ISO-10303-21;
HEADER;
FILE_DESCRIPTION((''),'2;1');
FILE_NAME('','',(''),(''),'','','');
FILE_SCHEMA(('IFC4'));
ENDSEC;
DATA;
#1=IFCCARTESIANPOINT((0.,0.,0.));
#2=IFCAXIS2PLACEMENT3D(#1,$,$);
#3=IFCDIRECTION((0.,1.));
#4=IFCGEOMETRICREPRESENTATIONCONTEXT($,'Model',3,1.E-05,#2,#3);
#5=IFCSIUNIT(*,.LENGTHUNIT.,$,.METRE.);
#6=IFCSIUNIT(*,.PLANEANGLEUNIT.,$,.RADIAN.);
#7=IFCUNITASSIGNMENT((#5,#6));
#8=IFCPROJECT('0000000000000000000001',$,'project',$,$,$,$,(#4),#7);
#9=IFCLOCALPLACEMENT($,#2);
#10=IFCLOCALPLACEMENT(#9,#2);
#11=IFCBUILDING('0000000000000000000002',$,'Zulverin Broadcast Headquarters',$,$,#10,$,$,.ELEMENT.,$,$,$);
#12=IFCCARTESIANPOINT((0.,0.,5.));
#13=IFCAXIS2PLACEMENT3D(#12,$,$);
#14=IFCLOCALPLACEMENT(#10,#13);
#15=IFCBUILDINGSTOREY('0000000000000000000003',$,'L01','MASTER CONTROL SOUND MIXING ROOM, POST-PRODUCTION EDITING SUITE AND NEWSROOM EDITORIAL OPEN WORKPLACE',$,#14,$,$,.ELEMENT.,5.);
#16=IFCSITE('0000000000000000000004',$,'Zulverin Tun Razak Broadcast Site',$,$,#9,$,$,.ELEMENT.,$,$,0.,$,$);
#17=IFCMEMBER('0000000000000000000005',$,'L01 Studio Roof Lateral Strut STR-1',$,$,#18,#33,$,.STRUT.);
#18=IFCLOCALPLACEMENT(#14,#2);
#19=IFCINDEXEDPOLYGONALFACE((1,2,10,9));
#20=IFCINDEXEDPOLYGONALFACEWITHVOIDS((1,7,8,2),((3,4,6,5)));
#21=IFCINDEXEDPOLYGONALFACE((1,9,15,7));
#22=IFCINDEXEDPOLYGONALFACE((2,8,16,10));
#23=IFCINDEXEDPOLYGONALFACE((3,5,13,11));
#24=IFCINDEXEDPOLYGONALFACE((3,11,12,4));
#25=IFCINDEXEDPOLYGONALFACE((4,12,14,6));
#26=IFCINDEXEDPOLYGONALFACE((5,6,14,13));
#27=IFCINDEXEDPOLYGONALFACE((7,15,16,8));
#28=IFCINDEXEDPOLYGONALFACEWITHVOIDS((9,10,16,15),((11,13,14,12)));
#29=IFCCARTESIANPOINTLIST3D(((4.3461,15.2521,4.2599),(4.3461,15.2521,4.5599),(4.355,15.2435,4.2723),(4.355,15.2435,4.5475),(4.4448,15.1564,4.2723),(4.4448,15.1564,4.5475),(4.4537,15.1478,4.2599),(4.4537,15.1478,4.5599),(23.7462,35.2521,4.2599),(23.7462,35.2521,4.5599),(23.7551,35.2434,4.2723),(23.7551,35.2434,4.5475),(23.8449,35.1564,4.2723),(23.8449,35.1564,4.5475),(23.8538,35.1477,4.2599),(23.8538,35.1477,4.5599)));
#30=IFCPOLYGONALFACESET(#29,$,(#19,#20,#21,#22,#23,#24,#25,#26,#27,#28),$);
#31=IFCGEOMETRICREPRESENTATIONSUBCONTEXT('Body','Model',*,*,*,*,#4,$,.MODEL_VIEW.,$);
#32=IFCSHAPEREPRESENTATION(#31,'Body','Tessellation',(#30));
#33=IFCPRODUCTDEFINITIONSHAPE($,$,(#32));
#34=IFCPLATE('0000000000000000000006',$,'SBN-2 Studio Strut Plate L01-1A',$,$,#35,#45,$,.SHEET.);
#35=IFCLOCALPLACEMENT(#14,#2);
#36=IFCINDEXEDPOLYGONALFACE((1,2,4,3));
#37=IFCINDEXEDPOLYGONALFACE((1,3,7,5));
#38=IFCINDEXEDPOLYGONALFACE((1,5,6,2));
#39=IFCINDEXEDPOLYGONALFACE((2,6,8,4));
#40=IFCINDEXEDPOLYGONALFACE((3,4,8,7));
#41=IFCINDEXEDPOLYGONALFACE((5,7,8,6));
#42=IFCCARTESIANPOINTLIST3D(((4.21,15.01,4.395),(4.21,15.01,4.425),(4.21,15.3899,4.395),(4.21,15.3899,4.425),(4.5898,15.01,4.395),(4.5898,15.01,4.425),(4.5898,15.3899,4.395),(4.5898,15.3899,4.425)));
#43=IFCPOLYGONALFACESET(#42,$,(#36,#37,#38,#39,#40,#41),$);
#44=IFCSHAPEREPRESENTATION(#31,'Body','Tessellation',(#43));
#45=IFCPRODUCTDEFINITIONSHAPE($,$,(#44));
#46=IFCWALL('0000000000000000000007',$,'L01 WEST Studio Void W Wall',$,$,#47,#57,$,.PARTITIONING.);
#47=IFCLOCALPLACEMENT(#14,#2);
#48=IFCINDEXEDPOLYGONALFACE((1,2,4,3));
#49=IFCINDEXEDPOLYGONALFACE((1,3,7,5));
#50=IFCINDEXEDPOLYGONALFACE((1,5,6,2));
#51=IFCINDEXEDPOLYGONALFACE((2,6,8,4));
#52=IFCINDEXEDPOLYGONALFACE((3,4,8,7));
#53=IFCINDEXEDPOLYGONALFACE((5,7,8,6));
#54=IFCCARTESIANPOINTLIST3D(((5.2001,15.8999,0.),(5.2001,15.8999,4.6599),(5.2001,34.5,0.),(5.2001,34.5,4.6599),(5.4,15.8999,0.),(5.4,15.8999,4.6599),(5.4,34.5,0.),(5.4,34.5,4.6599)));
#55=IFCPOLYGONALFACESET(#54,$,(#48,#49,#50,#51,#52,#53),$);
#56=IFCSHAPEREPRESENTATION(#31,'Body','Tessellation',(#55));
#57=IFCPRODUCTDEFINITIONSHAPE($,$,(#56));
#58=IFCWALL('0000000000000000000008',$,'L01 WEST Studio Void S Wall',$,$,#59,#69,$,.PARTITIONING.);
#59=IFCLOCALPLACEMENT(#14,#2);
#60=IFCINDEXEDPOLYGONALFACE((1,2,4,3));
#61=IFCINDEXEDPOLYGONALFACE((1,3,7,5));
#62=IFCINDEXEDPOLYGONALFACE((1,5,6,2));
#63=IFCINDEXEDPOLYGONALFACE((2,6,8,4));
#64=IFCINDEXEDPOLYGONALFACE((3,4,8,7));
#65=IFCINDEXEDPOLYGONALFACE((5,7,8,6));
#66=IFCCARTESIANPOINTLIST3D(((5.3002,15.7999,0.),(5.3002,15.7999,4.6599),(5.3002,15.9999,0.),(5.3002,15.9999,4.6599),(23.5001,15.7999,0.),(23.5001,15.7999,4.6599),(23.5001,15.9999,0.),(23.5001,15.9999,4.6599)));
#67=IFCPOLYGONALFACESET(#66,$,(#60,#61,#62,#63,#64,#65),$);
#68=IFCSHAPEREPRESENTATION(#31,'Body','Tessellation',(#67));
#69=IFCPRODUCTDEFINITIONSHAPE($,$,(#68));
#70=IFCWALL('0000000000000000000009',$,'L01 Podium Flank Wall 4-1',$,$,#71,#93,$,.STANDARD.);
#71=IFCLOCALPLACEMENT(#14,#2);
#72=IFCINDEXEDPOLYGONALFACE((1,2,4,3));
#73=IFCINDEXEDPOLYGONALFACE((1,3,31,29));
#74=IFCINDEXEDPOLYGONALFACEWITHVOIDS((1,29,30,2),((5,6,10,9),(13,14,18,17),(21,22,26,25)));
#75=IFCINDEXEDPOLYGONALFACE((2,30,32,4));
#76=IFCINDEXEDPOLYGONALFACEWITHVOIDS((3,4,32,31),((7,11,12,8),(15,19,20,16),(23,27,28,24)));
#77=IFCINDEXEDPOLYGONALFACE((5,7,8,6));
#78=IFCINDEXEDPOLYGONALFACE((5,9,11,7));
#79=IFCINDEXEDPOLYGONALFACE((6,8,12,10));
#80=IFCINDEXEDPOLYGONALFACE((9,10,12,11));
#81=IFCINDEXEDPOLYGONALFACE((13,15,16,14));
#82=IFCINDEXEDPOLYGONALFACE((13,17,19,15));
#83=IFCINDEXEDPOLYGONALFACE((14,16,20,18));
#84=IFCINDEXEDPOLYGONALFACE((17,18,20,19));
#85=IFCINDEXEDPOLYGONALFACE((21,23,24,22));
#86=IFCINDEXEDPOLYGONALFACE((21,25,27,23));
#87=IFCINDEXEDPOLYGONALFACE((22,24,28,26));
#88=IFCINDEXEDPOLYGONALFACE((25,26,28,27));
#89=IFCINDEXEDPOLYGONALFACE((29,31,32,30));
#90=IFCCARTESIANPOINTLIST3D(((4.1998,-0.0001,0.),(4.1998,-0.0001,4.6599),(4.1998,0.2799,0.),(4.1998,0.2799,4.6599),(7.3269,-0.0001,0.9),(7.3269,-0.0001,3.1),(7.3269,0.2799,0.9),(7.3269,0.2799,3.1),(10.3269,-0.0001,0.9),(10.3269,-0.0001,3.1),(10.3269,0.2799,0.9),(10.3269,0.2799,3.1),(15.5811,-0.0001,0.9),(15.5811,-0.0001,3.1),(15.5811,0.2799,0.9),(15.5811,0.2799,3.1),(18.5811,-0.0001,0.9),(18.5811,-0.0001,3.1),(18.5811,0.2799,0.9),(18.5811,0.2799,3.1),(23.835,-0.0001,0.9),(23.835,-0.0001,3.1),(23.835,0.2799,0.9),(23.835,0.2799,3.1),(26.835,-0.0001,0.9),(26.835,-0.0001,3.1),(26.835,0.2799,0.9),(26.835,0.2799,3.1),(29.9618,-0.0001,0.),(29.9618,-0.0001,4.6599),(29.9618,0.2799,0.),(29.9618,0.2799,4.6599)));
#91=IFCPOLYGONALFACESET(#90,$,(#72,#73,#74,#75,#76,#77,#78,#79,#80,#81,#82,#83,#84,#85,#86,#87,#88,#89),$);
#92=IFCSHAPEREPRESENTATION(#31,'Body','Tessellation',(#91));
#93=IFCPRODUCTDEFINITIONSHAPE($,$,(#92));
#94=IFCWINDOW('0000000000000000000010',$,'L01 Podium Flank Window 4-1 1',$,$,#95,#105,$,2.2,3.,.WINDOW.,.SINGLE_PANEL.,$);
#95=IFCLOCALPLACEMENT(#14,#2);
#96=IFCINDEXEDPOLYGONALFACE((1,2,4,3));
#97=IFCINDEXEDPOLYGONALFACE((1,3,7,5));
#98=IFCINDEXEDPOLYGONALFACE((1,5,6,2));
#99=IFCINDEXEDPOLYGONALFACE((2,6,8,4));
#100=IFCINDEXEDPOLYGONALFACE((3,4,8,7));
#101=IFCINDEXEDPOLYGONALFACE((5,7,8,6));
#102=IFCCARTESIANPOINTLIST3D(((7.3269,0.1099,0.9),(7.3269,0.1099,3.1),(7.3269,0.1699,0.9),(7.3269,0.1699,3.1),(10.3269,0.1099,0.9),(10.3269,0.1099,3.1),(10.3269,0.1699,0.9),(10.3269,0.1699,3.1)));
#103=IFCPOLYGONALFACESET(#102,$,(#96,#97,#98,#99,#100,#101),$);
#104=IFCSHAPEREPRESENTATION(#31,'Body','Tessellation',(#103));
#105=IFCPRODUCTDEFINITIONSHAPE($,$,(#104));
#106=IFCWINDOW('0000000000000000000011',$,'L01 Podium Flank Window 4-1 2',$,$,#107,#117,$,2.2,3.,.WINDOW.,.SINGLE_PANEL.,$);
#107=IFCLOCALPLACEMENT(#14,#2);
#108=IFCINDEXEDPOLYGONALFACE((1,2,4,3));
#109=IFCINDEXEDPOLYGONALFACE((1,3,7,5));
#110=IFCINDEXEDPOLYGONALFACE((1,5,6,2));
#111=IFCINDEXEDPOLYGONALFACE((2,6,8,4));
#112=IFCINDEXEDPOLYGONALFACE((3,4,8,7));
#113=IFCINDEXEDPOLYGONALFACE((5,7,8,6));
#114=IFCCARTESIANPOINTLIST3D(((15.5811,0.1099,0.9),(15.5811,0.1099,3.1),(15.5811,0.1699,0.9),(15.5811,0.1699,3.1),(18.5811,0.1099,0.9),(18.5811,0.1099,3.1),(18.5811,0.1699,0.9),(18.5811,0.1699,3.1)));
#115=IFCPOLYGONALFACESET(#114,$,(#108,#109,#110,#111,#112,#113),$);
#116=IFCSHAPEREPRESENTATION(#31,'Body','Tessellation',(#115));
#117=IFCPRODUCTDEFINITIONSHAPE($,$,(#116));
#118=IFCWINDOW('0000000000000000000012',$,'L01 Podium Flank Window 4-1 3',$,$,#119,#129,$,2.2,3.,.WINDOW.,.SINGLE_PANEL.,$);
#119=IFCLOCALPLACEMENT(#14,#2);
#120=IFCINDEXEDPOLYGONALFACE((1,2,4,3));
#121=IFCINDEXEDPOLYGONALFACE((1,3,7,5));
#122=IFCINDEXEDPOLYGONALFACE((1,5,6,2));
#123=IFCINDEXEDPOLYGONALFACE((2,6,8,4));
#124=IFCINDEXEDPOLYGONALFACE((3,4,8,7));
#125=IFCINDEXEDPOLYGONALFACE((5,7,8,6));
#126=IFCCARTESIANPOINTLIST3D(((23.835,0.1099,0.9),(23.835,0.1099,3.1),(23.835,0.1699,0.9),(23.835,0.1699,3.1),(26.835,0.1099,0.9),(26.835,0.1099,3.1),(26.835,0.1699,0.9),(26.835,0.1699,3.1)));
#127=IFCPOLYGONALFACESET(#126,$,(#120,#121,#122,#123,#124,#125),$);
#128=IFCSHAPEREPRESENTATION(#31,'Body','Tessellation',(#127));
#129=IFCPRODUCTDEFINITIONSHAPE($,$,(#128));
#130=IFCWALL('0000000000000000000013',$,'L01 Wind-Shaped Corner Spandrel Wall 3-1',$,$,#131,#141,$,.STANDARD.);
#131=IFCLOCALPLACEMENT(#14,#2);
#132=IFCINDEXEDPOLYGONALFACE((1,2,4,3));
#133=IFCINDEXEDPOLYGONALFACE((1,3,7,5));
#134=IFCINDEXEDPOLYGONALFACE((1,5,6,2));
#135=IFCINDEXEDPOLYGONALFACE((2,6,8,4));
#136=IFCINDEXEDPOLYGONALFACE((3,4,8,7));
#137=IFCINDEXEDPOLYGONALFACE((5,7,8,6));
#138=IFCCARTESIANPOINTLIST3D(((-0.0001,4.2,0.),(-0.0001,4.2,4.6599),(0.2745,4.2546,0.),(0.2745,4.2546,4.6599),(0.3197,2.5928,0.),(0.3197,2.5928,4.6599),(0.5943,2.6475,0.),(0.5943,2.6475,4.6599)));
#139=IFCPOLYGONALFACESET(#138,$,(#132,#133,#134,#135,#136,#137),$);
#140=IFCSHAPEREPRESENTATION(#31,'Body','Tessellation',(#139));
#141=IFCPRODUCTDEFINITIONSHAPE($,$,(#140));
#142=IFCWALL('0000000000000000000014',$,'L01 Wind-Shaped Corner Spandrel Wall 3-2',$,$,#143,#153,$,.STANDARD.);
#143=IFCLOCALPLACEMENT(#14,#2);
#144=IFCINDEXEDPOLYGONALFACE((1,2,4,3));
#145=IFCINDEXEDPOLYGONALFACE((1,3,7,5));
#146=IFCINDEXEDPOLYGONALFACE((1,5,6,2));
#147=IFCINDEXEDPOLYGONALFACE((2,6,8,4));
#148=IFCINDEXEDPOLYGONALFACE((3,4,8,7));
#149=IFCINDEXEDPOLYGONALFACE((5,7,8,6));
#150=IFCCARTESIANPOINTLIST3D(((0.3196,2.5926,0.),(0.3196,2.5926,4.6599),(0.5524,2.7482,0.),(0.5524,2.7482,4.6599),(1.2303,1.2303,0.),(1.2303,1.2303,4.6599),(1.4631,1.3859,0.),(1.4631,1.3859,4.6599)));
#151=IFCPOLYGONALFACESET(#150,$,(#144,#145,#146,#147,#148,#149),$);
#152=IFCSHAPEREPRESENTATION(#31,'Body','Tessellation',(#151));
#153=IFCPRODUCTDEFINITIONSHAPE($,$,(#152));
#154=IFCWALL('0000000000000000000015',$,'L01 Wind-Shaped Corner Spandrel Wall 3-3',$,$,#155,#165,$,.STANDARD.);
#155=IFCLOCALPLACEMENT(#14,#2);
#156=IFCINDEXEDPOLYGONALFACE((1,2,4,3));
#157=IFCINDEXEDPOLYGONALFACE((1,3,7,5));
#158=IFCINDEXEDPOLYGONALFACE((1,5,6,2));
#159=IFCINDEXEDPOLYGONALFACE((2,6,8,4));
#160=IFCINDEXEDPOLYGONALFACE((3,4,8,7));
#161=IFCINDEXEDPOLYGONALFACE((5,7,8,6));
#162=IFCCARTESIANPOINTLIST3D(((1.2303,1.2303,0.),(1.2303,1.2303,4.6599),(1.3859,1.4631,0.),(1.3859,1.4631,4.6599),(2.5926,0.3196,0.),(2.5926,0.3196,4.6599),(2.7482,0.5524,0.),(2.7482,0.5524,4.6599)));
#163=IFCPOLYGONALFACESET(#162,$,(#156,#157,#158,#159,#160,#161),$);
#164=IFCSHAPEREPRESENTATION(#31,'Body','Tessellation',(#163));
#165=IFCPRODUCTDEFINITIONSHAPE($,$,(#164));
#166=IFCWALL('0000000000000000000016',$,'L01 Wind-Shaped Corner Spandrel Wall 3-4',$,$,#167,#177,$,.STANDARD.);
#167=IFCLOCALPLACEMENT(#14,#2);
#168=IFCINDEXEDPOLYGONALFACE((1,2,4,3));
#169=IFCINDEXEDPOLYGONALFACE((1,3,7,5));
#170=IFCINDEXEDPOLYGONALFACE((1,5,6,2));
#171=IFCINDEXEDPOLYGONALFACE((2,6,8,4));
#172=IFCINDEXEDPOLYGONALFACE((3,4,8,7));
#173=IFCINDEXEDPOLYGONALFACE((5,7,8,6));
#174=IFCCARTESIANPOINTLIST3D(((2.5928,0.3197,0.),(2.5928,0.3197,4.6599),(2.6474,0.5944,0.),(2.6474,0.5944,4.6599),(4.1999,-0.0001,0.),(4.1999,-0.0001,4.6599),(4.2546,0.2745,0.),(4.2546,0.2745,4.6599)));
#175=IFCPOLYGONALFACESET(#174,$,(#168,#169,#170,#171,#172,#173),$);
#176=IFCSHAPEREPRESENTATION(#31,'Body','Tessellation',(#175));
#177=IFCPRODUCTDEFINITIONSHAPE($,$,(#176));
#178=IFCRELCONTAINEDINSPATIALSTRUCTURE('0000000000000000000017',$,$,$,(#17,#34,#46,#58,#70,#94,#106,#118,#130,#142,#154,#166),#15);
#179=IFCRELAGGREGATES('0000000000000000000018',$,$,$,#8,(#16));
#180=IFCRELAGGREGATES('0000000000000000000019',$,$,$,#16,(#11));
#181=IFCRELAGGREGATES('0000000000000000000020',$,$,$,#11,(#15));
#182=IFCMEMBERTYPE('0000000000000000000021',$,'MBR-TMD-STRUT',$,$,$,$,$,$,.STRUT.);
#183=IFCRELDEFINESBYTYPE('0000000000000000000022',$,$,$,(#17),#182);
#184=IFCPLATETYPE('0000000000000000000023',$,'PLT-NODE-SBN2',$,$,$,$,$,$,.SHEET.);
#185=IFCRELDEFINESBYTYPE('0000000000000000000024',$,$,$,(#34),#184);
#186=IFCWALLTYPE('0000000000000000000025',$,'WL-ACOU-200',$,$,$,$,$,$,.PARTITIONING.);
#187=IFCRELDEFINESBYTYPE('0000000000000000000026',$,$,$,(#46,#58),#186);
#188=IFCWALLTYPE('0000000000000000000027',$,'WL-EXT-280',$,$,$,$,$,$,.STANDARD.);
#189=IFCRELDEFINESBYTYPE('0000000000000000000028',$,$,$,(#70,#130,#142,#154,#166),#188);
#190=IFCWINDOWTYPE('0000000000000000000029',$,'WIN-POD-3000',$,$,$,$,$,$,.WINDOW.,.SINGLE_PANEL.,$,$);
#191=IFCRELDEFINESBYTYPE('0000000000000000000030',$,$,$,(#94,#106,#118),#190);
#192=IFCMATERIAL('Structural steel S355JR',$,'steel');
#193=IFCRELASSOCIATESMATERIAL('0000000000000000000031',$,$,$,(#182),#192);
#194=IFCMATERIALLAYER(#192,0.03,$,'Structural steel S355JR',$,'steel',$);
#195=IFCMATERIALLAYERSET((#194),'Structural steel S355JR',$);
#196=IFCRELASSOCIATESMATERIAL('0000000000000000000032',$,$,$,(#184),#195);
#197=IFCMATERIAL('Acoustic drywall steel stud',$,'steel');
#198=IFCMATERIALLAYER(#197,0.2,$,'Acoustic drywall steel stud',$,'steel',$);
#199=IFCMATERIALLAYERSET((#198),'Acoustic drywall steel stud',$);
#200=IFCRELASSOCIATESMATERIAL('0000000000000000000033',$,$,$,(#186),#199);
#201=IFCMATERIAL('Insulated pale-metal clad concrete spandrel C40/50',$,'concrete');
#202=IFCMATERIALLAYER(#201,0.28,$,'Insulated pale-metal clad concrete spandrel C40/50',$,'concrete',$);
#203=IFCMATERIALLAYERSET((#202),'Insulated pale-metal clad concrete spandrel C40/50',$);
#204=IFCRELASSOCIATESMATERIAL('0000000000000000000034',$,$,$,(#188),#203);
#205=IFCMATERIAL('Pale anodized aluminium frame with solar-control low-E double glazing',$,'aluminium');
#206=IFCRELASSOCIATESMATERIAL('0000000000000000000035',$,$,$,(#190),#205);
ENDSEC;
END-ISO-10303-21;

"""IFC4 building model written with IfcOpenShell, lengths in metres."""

from ifc_helpers import new_model, si_unit, direction, frame, frame_2d, origin, origin_2d, place, context, subcontext, project, spatial, rectangle, hollow_rectangle, extrude, material, layer, layer_set, material_profile, profile_set, type_object, element, fill, save


model = new_model("IFC4")

# Units and contexts
model_context = context("Model", 3, precision=1e-05, world=origin(), true_north=direction((0.0, 1.0)))
body_context = subcontext(model_context, "Body", "Model", "MODEL_VIEW")
ifc_project = project(units=[si_unit("LENGTHUNIT", "METRE"), si_unit("PLANEANGLEUNIT", "RADIAN")], contexts=[model_context])

# Site, building, storey
site_placement = place(None, origin())
site = spatial("IfcSite", under=ifc_project, at=site_placement, Name="Zulverin Tun Razak Broadcast Site", CompositionType="ELEMENT", RefElevation=0.0)
building_placement = place(site_placement, origin())
building = spatial("IfcBuilding", under=site, at=building_placement, Name="Zulverin Broadcast Headquarters", CompositionType="ELEMENT")
storey_placement = place(building_placement, frame((0.0, 0.0, 5.0)))
storey = spatial("IfcBuildingStorey", under=building, at=storey_placement, Name="L01", Description="MASTER CONTROL SOUND MIXING ROOM, POST-PRODUCTION EDITING SUITE AND NEWSROOM EDITORIAL OPEN WORKPLACE", CompositionType="ELEMENT", Elevation=5.0)

# Shared definitions
ifc_material_1 = material(Name="Structural steel S355JR", Category="steel")

# Member
ifc_material_profile_1 = material_profile(ifc_material_1, hollow_rectangle(XDim=0.1499, YDim=0.3, WallThickness=0.0125, at=origin_2d()), Name="Structural steel S355JR", Category="steel")
ifc_profile_set_1 = profile_set([ifc_material_profile_1], Name="Structural steel S355JR")
member_type = type_object("IfcMemberType", Name="MBR-TMD-STRUT", PredefinedType="STRUT", material=ifc_profile_set_1)
member_placement = place(storey_placement, frame((4.3999, 15.2, 4.4099), z_axis=(0.696261, 0.717789, 0.0), x_axis=(-0.717789, 0.696261, 0.0)))
element("IfcMember", 1, at=member_placement, inside=storey, type_object=member_type, Name="L01 Studio Roof Lateral Strut STR-1", PredefinedType="STRUT", context=body_context, shape_type="SweptSolid", body=[
    extrude(hollow_rectangle(XDim=0.1499, YDim=0.3, WallThickness=0.0125, at=origin_2d()), origin(), (0.0, 0.0, 1.0), 27.8633),
])

# Plate
ifc_layer_1 = layer(ifc_material_1, 0.03, Name="Structural steel S355JR", Category="steel")
ifc_layer_set_1 = layer_set([ifc_layer_1], Name="Structural steel S355JR")
plate_type = type_object("IfcPlateType", Name="PLT-NODE-SBN2", PredefinedType="SHEET", material=ifc_layer_set_1)
plate_placement = place(storey_placement, frame((4.3999, 15.2, 4.395), z_axis=(0.0, 0.0, 1.0), x_axis=(1.0, 0.0, 0.0)))
element("IfcPlate", 2, at=plate_placement, inside=storey, type_object=plate_type, Name="SBN-2 Studio Strut Plate L01-1A", PredefinedType="SHEET", context=body_context, shape_type="SweptSolid", body=[
    extrude(rectangle(XDim=0.3799, YDim=0.3799, at=origin_2d()), origin(), (0.0, 0.0, 1.0), 0.03),
])

# Walls
ifc_material_2 = material(Name="Acoustic drywall steel stud", Category="steel")
ifc_layer_2 = layer(ifc_material_2, 0.2, Name="Acoustic drywall steel stud", Category="steel")
ifc_layer_set_2 = layer_set([ifc_layer_2], Name="Acoustic drywall steel stud")
wall_type_1 = type_object("IfcWallType", Name="WL-ACOU-200", PredefinedType="PARTITIONING", material=ifc_layer_set_2)
wall_1_placement = place(storey_placement, frame((5.3, 15.8999, 0.0), z_axis=(0.0, 0.0, 1.0), x_axis=(0.0, 1.0, 0.0)))
element("IfcWall", 3, at=wall_1_placement, inside=storey, type_object=wall_type_1, Name="L01 WEST Studio Void W Wall", PredefinedType="PARTITIONING", context=body_context, shape_type="SweptSolid", body=[
    extrude(rectangle(XDim=18.6001, YDim=0.2, at=frame_2d((9.3, 0.0))), origin(), (0.0, 0.0, 1.0), 4.6599),
])
wall_2_placement = place(storey_placement, frame((5.3, 15.8999, 0.0), z_axis=(0.0, 0.0, 1.0), x_axis=(1.0, 0.0, 0.0)))
element("IfcWall", 4, at=wall_2_placement, inside=storey, type_object=wall_type_1, Name="L01 WEST Studio Void S Wall", PredefinedType="PARTITIONING", context=body_context, shape_type="SweptSolid", body=[
    extrude(rectangle(XDim=18.2, YDim=0.2, at=frame_2d((9.1001, 0.0))), origin(), (0.0, 0.0, 1.0), 4.6599),
])

# Wall, openings, windows
ifc_material_3 = material(Name="Insulated pale-metal clad concrete spandrel C40/50", Category="concrete")
ifc_layer_3 = layer(ifc_material_3, 0.28, Name="Insulated pale-metal clad concrete spandrel C40/50", Category="concrete")
ifc_layer_set_3 = layer_set([ifc_layer_3], Name="Insulated pale-metal clad concrete spandrel C40/50")
wall_type_2 = type_object("IfcWallType", Name="WL-EXT-280", PredefinedType="STANDARD", material=ifc_layer_set_3)
wall_3_placement = place(storey_placement, frame((4.2, 0.1399, 0.0), z_axis=(0.0, 0.0, 1.0), x_axis=(1.0, 0.0, 0.0)))
wall_3 = element("IfcWall", 5, at=wall_3_placement, inside=storey, type_object=wall_type_2, Name="L01 Podium Flank Wall 4-1", PredefinedType="STANDARD", context=body_context, shape_type="SweptSolid", body=[
    extrude(rectangle(XDim=25.762, YDim=0.28, at=frame_2d((12.8809, 0.0))), origin(), (0.0, 0.0, 1.0), 4.6599),
])
opening_1_placement = place(wall_3_placement, frame((3.127, 0.0, 0.8999)))
opening_1 = element("IfcOpeningElement", 6, at=opening_1_placement, cuts=wall_3, PredefinedType="OPENING", context=body_context, shape_type="SweptSolid", body=[
    extrude(rectangle(XDim=3.0, YDim=2.2, at=frame_2d((1.5, 1.1001))), frame((0.0, 0.1499, 0.0), z_axis=(0.0, -1.0, 0.0), x_axis=(1.0, 0.0, 0.0)), (0.0, 0.0, 1.0), 0.3),
])
opening_2_placement = place(wall_3_placement, frame((11.3811, 0.0, 0.8999)))
opening_2 = element("IfcOpeningElement", 7, at=opening_2_placement, cuts=wall_3, PredefinedType="OPENING", context=body_context, shape_type="SweptSolid", body=[
    extrude(rectangle(XDim=3.0, YDim=2.2, at=frame_2d((1.5, 1.1001))), frame((0.0, 0.1499, 0.0), z_axis=(0.0, -1.0, 0.0), x_axis=(1.0, 0.0, 0.0)), (0.0, 0.0, 1.0), 0.3),
])
opening_3_placement = place(wall_3_placement, frame((19.635, 0.0, 0.8999)))
opening_3 = element("IfcOpeningElement", 8, at=opening_3_placement, cuts=wall_3, PredefinedType="OPENING", context=body_context, shape_type="SweptSolid", body=[
    extrude(rectangle(XDim=3.0, YDim=2.2, at=frame_2d((1.5, 1.1001))), frame((0.0, 0.1499, 0.0), z_axis=(0.0, -1.0, 0.0), x_axis=(1.0, 0.0, 0.0)), (0.0, 0.0, 1.0), 0.3),
])
ifc_material_4 = material(Name="Pale anodized aluminium frame with solar-control low-E double glazing", Category="aluminium")
window_type = type_object("IfcWindowType", Name="WIN-POD-3000", PartitioningType="SINGLE_PANEL", PredefinedType="WINDOW", material=ifc_material_4)
window_1_placement = place(opening_1_placement, origin())
window_1 = element("IfcWindow", 9, at=window_1_placement, inside=storey, type_object=window_type, Name="L01 Podium Flank Window 4-1 1", OverallHeight=2.2, OverallWidth=3.0, PartitioningType="SINGLE_PANEL", PredefinedType="WINDOW", context=body_context, shape_type="SweptSolid", body=[
    extrude(rectangle(XDim=3.0, YDim=2.2, at=frame_2d((1.5, 1.1001))), frame((0.0, 0.03, 0.0), z_axis=(0.0, -1.0, 0.0), x_axis=(1.0, 0.0, 0.0)), (0.0, 0.0, 1.0), 0.0601),
])
fill(opening_1, window_1)
window_2_placement = place(opening_2_placement, origin())
window_2 = element("IfcWindow", 10, at=window_2_placement, inside=storey, type_object=window_type, Name="L01 Podium Flank Window 4-1 2", OverallHeight=2.2, OverallWidth=3.0, PartitioningType="SINGLE_PANEL", PredefinedType="WINDOW", context=body_context, shape_type="SweptSolid", body=[
    extrude(rectangle(XDim=3.0, YDim=2.2, at=frame_2d((1.5, 1.1001))), frame((0.0, 0.03, 0.0), z_axis=(0.0, -1.0, 0.0), x_axis=(1.0, 0.0, 0.0)), (0.0, 0.0, 1.0), 0.0601),
])
fill(opening_2, window_2)
window_3_placement = place(opening_3_placement, origin())
window_3 = element("IfcWindow", 11, at=window_3_placement, inside=storey, type_object=window_type, Name="L01 Podium Flank Window 4-1 3", OverallHeight=2.2, OverallWidth=3.0, PartitioningType="SINGLE_PANEL", PredefinedType="WINDOW", context=body_context, shape_type="SweptSolid", body=[
    extrude(rectangle(XDim=3.0, YDim=2.2, at=frame_2d((1.5, 1.1001))), frame((0.0, 0.03, 0.0), z_axis=(0.0, -1.0, 0.0), x_axis=(1.0, 0.0, 0.0)), (0.0, 0.0, 1.0), 0.0601),
])
fill(opening_3, window_3)

# Walls
for number, where, z_axis, x_axis, name in (
    (12, (0.1372, 4.2273, 0.0), (0.0, 0.0, 1.0), (0.195171, -0.980769, 0.0), "L01 Wind-Shaped Corner Spandrel Wall 3-1"),
    (13, (0.436, 2.6704, 0.0), (0.0, 0.0, 1.0), (0.555731, -0.831362, 0.0), "L01 Wind-Shaped Corner Spandrel Wall 3-2"),
    (14, (1.3081, 1.3467, 0.0), (0.0, 0.0, 1.0), (0.831362, -0.555731, 0.0), "L01 Wind-Shaped Corner Spandrel Wall 3-3"),
    (15, (2.6201, 0.457, 0.0), (0.0, 0.0, 1.0), (0.980769, -0.195171, 0.0), "L01 Wind-Shaped Corner Spandrel Wall 3-4"),
):
    element("IfcWall", number, at=place(storey_placement, frame(where, z_axis=z_axis, x_axis=x_axis)), inside=storey, type_object=wall_type_2, Name=name, PredefinedType="STANDARD", context=body_context, shape_type="SweptSolid", body=[
        extrude(rectangle(XDim=1.6387, YDim=0.28, at=frame_2d((0.8193, 0.0))), origin(), (0.0, 0.0, 1.0), 4.6599),
    ])

save(model, "model.ifc")
